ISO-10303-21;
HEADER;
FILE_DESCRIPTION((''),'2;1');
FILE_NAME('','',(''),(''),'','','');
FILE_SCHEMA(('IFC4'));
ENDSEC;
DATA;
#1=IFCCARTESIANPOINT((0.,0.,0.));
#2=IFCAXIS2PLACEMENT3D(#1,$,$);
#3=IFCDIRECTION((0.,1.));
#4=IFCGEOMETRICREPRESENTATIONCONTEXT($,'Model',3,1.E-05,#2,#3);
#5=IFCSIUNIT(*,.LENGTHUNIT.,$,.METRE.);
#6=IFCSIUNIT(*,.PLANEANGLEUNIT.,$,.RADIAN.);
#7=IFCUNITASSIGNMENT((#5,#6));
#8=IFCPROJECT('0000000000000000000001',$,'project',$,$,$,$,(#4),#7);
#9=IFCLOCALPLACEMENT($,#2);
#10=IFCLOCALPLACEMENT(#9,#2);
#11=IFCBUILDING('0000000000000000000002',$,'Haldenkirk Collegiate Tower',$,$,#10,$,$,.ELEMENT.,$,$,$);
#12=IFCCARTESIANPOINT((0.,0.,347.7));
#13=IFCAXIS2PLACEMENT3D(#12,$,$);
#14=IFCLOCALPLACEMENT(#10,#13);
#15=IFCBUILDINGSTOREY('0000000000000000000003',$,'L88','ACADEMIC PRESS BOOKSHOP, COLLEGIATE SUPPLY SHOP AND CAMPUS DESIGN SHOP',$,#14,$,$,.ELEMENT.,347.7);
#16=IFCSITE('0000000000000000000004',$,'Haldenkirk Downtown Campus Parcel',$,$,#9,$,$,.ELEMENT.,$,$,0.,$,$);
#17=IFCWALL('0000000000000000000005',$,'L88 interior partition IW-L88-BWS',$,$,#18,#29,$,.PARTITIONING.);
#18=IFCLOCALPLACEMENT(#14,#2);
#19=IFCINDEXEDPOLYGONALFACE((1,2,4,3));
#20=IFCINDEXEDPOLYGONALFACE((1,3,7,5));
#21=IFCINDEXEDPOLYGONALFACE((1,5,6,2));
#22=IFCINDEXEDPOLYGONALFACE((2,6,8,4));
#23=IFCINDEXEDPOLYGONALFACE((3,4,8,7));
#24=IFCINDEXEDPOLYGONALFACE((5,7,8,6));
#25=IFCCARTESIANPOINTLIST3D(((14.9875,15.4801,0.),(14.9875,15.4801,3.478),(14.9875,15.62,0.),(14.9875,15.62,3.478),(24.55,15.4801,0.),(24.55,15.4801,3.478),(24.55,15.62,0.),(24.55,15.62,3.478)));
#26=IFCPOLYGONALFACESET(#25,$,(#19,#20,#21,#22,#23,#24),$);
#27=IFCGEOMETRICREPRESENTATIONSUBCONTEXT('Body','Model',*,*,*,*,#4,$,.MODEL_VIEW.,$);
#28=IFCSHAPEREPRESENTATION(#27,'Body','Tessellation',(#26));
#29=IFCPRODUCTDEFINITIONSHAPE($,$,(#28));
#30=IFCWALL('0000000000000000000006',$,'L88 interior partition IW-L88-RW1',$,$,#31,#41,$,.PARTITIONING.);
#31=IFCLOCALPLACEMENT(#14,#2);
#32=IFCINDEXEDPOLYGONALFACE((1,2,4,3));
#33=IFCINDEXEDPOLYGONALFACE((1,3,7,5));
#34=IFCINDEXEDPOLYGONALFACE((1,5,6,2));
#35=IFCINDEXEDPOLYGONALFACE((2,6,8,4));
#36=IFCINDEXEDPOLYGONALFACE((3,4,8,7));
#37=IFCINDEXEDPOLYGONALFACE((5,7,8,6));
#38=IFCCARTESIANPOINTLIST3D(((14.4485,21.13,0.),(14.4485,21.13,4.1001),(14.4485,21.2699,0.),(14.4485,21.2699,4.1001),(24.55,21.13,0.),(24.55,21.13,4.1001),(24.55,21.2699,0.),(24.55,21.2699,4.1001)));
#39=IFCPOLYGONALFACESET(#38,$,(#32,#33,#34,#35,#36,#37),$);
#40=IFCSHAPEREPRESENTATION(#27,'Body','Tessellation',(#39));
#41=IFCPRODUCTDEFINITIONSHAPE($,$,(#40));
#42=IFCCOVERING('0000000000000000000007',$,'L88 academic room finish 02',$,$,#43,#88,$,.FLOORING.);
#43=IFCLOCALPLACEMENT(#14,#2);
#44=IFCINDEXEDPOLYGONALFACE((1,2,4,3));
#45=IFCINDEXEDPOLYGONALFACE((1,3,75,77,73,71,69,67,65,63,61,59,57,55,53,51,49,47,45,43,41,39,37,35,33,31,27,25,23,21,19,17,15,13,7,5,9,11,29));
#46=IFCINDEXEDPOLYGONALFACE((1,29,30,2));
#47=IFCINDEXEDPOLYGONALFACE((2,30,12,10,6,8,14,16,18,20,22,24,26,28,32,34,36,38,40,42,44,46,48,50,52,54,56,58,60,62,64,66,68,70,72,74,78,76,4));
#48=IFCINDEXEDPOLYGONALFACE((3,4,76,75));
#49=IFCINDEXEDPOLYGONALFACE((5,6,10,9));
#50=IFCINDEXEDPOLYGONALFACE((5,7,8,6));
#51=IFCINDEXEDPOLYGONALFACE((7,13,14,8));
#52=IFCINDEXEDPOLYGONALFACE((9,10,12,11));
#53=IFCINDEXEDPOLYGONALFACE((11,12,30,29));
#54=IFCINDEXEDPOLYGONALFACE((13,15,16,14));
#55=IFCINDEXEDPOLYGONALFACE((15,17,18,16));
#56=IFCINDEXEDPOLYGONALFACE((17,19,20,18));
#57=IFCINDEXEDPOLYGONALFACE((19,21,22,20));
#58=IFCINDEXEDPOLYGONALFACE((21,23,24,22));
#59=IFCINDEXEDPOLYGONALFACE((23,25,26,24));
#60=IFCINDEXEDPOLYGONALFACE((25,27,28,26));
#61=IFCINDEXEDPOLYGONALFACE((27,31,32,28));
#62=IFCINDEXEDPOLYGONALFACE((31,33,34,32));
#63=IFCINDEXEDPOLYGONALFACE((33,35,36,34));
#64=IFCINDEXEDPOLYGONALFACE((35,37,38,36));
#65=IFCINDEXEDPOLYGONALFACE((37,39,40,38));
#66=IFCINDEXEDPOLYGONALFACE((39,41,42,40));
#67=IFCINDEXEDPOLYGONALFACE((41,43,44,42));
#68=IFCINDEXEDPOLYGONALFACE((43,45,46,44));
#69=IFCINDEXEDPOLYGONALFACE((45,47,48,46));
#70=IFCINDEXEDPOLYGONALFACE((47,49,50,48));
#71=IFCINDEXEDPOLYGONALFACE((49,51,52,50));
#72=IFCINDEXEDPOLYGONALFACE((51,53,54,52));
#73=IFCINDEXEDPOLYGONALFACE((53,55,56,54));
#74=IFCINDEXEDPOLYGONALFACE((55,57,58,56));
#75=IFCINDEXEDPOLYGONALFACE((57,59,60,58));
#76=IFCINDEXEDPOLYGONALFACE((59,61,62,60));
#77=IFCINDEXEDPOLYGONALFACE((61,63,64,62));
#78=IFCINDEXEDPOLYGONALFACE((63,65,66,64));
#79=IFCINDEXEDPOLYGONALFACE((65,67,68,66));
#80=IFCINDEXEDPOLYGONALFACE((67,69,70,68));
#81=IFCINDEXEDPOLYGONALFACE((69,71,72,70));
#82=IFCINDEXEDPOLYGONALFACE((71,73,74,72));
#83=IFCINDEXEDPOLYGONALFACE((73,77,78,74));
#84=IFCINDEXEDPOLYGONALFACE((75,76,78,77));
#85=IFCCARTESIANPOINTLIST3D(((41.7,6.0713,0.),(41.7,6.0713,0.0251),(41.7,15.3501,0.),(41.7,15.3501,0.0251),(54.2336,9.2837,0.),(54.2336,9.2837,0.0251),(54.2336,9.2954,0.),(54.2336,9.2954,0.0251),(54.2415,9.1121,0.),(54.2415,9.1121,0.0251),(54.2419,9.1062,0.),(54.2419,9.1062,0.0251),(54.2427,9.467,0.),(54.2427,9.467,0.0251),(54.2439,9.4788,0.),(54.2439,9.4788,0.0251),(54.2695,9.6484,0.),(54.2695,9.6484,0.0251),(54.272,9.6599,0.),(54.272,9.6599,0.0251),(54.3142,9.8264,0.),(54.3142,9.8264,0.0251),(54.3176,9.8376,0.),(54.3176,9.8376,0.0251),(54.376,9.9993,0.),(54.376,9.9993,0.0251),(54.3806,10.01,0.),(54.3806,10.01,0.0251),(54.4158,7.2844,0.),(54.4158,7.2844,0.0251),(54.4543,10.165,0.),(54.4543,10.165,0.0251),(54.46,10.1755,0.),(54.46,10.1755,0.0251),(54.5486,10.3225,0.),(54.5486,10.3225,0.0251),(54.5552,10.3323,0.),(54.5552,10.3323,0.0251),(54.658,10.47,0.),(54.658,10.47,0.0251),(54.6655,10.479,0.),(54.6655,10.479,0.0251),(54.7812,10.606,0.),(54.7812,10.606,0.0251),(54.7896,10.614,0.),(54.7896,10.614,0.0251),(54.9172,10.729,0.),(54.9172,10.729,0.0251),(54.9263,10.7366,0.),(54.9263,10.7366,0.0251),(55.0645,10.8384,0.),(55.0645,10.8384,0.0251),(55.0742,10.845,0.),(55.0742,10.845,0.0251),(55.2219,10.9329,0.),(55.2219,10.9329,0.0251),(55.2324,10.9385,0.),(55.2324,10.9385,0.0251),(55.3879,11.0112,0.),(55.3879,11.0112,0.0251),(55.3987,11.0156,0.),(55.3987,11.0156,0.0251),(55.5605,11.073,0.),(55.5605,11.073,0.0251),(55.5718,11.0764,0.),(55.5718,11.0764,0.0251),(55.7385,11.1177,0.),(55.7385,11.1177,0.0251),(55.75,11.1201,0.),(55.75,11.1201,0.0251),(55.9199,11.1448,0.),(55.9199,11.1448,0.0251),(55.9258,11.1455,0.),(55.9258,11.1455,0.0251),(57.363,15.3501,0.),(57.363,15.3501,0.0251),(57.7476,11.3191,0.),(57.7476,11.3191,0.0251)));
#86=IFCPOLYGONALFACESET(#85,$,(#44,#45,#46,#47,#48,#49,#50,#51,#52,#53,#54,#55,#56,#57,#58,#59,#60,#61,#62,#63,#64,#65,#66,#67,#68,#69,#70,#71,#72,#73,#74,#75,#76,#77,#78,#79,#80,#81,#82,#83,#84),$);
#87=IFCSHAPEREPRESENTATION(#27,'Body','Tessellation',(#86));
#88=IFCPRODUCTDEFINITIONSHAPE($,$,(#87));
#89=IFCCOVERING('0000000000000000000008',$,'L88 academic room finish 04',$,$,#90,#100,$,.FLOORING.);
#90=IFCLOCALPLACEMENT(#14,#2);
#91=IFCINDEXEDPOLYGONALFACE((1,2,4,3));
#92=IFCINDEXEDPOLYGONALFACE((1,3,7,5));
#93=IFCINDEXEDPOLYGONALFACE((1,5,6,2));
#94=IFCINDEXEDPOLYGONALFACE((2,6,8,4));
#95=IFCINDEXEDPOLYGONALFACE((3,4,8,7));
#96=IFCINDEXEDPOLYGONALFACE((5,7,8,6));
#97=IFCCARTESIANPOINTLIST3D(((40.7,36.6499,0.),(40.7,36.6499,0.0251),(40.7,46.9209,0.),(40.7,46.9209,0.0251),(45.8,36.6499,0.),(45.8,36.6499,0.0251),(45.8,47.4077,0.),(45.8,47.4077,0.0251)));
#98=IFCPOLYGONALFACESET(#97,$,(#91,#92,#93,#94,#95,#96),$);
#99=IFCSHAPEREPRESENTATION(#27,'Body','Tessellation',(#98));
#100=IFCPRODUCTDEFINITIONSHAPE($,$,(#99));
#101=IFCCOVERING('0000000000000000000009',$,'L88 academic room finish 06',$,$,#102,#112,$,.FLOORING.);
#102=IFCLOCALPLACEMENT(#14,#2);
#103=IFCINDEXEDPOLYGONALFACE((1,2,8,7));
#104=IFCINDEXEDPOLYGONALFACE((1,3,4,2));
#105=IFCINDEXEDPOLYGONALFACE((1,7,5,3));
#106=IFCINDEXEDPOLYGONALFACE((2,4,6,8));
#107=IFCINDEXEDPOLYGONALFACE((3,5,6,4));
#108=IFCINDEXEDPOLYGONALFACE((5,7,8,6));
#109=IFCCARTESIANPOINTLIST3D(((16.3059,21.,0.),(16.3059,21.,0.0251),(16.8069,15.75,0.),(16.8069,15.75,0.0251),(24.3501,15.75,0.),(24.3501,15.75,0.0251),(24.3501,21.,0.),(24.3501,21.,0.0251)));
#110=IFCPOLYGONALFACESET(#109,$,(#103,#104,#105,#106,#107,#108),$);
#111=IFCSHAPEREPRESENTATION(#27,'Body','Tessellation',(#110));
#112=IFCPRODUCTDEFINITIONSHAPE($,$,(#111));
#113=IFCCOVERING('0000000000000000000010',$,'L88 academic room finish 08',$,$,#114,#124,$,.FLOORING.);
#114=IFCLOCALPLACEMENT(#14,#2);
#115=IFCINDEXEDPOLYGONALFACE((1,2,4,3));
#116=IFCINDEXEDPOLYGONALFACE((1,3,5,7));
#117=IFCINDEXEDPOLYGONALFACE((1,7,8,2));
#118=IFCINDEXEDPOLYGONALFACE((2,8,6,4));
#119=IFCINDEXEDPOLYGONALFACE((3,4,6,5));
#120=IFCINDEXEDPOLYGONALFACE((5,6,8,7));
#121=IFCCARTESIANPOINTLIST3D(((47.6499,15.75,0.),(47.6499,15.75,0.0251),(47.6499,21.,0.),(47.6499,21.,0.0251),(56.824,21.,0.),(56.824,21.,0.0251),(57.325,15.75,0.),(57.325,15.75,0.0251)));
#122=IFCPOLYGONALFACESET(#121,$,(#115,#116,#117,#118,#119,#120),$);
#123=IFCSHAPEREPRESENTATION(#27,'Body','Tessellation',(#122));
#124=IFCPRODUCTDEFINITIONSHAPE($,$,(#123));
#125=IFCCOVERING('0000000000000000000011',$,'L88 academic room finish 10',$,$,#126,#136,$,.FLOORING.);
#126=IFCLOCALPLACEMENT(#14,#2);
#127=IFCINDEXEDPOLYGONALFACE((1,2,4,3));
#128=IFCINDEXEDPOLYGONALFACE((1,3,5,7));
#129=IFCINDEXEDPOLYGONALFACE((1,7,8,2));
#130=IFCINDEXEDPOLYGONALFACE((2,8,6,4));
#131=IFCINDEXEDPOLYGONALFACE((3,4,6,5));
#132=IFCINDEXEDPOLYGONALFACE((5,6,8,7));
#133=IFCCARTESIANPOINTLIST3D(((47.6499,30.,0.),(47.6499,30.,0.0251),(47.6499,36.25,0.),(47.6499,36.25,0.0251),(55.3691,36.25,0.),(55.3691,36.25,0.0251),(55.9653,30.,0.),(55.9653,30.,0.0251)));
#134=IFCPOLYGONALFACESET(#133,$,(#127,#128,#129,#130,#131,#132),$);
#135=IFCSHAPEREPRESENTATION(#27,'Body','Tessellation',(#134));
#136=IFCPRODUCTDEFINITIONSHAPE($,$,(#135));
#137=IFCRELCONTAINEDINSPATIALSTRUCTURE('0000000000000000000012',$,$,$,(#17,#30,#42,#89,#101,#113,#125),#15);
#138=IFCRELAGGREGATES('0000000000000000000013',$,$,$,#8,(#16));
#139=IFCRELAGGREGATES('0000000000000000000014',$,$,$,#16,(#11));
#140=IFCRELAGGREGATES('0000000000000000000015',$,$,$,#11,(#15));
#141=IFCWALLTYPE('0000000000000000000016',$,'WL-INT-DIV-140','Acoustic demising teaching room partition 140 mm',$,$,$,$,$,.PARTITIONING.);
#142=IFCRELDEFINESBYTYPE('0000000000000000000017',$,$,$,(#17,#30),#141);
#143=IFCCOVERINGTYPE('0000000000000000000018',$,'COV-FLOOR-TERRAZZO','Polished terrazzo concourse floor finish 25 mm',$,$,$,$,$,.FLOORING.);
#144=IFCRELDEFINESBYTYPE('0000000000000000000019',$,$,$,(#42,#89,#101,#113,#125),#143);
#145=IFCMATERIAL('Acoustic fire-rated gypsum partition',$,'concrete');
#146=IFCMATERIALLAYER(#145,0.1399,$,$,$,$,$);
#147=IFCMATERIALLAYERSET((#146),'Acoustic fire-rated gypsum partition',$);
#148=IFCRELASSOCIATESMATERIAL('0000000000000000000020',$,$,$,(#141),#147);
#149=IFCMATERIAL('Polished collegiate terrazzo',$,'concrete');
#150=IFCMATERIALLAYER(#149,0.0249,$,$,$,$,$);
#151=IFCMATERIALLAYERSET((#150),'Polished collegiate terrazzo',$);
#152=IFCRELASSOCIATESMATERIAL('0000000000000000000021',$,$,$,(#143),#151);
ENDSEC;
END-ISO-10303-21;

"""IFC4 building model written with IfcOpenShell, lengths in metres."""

from ifc_helpers import new_model, si_unit, direction, frame, frame_2d, origin, place, context, subcontext, project, spatial, polyline, rectangle, outline, extrude, material, layer, layer_set, type_object, element, save


model = new_model("IFC4")

# Units and contexts
model_context = context("Model", 3, precision=1e-05, world=origin(), true_north=direction((0.0, 1.0)))
body_context = subcontext(model_context, "Body", "Model", "MODEL_VIEW")
ifc_project = project(units=[si_unit("LENGTHUNIT", "METRE"), si_unit("PLANEANGLEUNIT", "RADIAN")], contexts=[model_context])

# Site, building, storey
site_placement = place(None, origin())
site = spatial("IfcSite", under=ifc_project, at=site_placement, Name="Haldenkirk Downtown Campus Parcel", CompositionType="ELEMENT", RefElevation=0.0)
building_placement = place(site_placement, origin())
building = spatial("IfcBuilding", under=site, at=building_placement, Name="Haldenkirk Collegiate Tower", CompositionType="ELEMENT")
storey_placement = place(building_placement, frame((0.0, 0.0, 347.7)))
storey = spatial("IfcBuildingStorey", under=building, at=storey_placement, Name="L88", Description="ACADEMIC PRESS BOOKSHOP, COLLEGIATE SUPPLY SHOP AND CAMPUS DESIGN SHOP", CompositionType="ELEMENT", Elevation=347.7)

# Walls
ifc_material_1 = material(Name="Acoustic fire-rated gypsum partition", Category="concrete")
ifc_layer_1 = layer(ifc_material_1, 0.1399)
ifc_layer_set_1 = layer_set([ifc_layer_1], Name="Acoustic fire-rated gypsum partition")
wall_type_1 = type_object("IfcWallType", Name="WL-INT-DIV-140", Description="Acoustic demising teaching room partition 140 mm", PredefinedType="PARTITIONING", material=ifc_layer_set_1)
wall_1_placement = place(storey_placement, frame((14.9875, 15.55, 0.0), z_axis=(0.0, 0.0, 1.0), x_axis=(1.0, 0.0, 0.0)))
element("IfcWall", 1, at=wall_1_placement, inside=storey, type_object=wall_type_1, Name="L88 interior partition IW-L88-BWS", PredefinedType="PARTITIONING", context=body_context, shape_type="SweptSolid", body=[
    extrude(rectangle(XDim=9.5625, YDim=0.1399, at=frame_2d((4.7812, 0.0))), origin(), (0.0, 0.0, 1.0), 3.478),
])
wall_2_placement = place(storey_placement, frame((14.4485, 21.2, 0.0), z_axis=(0.0, 0.0, 1.0), x_axis=(1.0, 0.0, 0.0)))
element("IfcWall", 2, at=wall_2_placement, inside=storey, type_object=wall_type_1, Name="L88 interior partition IW-L88-RW1", PredefinedType="PARTITIONING", context=body_context, shape_type="SweptSolid", body=[
    extrude(rectangle(XDim=10.1016, YDim=0.1399, at=frame_2d((5.0508, 0.0))), origin(), (0.0, 0.0, 1.0), 4.1001),
])

# Coverings
ifc_material_2 = material(Name="Polished collegiate terrazzo", Category="concrete")
ifc_layer_2 = layer(ifc_material_2, 0.0249)
ifc_layer_set_2 = layer_set([ifc_layer_2], Name="Polished collegiate terrazzo")
covering_type_1 = type_object("IfcCoveringType", Name="COV-FLOOR-TERRAZZO", Description="Polished terrazzo concourse floor finish 25 mm", PredefinedType="FLOORING", material=ifc_layer_set_2)
covering_1_placement = place(storey_placement, origin())
element("IfcCovering", 3, at=covering_1_placement, inside=storey, type_object=covering_type_1, Name="L88 academic room finish 02", PredefinedType="FLOORING", context=body_context, shape_type="SweptSolid", body=[
    extrude(outline(polyline([(55.2324, 10.9385), (55.2219, 10.9329), (55.0742, 10.845), (55.0645, 10.8384), (54.9263, 10.7366), (54.9172, 10.729), (54.7896, 10.614), (54.7812, 10.606), (54.6655, 10.479), (54.658, 10.47), (54.5552, 10.3323), (54.5486, 10.3225), (54.46, 10.1755), (54.4543, 10.165), (54.3806, 10.01), (54.376, 9.9993), (54.3176, 9.8376), (54.3142, 9.8264), (54.272, 9.6599), (54.2695, 9.6484), (54.2439, 9.4788), (54.2427, 9.467), (54.2336, 9.2954), (54.2336, 9.2837), (54.2415, 9.1121), (54.2419, 9.1062), (54.4158, 7.2844), (41.7, 6.0713), (41.7, 15.3501), (57.363, 15.3501), (57.7476, 11.3191), (55.9258, 11.1455), (55.9199, 11.1448), (55.75, 11.1201), (55.7385, 11.1177), (55.5718, 11.0764), (55.5605, 11.073), (55.3987, 11.0156), (55.3879, 11.0112), (55.2324, 10.9385)])), origin(), (0.0, 0.0, 1.0), 0.0251),
])
covering_2_placement = place(storey_placement, origin())
element("IfcCovering", 4, at=covering_2_placement, inside=storey, type_object=covering_type_1, Name="L88 academic room finish 04", PredefinedType="FLOORING", context=body_context, shape_type="SweptSolid", body=[
    extrude(outline(polyline([(45.8, 47.4077), (45.8, 36.6499), (40.7, 36.6499), (40.7, 46.9209), (45.8, 47.4077)])), origin(), (0.0, 0.0, 1.0), 0.0251),
])
covering_3_placement = place(storey_placement, origin())
element("IfcCovering", 5, at=covering_3_placement, inside=storey, type_object=covering_type_1, Name="L88 academic room finish 06", PredefinedType="FLOORING", context=body_context, shape_type="SweptSolid", body=[
    extrude(outline(polyline([(16.3059, 21.0), (24.3501, 21.0), (24.3501, 15.75), (16.8069, 15.75), (16.3059, 21.0)])), origin(), (0.0, 0.0, 1.0), 0.0251),
])
covering_4_placement = place(storey_placement, origin())
element("IfcCovering", 6, at=covering_4_placement, inside=storey, type_object=covering_type_1, Name="L88 academic room finish 08", PredefinedType="FLOORING", context=body_context, shape_type="SweptSolid", body=[
    extrude(outline(polyline([(57.325, 15.75), (47.6499, 15.75), (47.6499, 21.0), (56.824, 21.0), (57.325, 15.75)])), origin(), (0.0, 0.0, 1.0), 0.0251),
])
covering_5_placement = place(storey_placement, origin())
element("IfcCovering", 7, at=covering_5_placement, inside=storey, type_object=covering_type_1, Name="L88 academic room finish 10", PredefinedType="FLOORING", context=body_context, shape_type="SweptSolid", body=[
    extrude(outline(polyline([(55.9653, 30.0), (47.6499, 30.0), (47.6499, 36.25), (55.3691, 36.25), (55.9653, 30.0)])), origin(), (0.0, 0.0, 1.0), 0.0251),
])

save(model, "model.ifc")
